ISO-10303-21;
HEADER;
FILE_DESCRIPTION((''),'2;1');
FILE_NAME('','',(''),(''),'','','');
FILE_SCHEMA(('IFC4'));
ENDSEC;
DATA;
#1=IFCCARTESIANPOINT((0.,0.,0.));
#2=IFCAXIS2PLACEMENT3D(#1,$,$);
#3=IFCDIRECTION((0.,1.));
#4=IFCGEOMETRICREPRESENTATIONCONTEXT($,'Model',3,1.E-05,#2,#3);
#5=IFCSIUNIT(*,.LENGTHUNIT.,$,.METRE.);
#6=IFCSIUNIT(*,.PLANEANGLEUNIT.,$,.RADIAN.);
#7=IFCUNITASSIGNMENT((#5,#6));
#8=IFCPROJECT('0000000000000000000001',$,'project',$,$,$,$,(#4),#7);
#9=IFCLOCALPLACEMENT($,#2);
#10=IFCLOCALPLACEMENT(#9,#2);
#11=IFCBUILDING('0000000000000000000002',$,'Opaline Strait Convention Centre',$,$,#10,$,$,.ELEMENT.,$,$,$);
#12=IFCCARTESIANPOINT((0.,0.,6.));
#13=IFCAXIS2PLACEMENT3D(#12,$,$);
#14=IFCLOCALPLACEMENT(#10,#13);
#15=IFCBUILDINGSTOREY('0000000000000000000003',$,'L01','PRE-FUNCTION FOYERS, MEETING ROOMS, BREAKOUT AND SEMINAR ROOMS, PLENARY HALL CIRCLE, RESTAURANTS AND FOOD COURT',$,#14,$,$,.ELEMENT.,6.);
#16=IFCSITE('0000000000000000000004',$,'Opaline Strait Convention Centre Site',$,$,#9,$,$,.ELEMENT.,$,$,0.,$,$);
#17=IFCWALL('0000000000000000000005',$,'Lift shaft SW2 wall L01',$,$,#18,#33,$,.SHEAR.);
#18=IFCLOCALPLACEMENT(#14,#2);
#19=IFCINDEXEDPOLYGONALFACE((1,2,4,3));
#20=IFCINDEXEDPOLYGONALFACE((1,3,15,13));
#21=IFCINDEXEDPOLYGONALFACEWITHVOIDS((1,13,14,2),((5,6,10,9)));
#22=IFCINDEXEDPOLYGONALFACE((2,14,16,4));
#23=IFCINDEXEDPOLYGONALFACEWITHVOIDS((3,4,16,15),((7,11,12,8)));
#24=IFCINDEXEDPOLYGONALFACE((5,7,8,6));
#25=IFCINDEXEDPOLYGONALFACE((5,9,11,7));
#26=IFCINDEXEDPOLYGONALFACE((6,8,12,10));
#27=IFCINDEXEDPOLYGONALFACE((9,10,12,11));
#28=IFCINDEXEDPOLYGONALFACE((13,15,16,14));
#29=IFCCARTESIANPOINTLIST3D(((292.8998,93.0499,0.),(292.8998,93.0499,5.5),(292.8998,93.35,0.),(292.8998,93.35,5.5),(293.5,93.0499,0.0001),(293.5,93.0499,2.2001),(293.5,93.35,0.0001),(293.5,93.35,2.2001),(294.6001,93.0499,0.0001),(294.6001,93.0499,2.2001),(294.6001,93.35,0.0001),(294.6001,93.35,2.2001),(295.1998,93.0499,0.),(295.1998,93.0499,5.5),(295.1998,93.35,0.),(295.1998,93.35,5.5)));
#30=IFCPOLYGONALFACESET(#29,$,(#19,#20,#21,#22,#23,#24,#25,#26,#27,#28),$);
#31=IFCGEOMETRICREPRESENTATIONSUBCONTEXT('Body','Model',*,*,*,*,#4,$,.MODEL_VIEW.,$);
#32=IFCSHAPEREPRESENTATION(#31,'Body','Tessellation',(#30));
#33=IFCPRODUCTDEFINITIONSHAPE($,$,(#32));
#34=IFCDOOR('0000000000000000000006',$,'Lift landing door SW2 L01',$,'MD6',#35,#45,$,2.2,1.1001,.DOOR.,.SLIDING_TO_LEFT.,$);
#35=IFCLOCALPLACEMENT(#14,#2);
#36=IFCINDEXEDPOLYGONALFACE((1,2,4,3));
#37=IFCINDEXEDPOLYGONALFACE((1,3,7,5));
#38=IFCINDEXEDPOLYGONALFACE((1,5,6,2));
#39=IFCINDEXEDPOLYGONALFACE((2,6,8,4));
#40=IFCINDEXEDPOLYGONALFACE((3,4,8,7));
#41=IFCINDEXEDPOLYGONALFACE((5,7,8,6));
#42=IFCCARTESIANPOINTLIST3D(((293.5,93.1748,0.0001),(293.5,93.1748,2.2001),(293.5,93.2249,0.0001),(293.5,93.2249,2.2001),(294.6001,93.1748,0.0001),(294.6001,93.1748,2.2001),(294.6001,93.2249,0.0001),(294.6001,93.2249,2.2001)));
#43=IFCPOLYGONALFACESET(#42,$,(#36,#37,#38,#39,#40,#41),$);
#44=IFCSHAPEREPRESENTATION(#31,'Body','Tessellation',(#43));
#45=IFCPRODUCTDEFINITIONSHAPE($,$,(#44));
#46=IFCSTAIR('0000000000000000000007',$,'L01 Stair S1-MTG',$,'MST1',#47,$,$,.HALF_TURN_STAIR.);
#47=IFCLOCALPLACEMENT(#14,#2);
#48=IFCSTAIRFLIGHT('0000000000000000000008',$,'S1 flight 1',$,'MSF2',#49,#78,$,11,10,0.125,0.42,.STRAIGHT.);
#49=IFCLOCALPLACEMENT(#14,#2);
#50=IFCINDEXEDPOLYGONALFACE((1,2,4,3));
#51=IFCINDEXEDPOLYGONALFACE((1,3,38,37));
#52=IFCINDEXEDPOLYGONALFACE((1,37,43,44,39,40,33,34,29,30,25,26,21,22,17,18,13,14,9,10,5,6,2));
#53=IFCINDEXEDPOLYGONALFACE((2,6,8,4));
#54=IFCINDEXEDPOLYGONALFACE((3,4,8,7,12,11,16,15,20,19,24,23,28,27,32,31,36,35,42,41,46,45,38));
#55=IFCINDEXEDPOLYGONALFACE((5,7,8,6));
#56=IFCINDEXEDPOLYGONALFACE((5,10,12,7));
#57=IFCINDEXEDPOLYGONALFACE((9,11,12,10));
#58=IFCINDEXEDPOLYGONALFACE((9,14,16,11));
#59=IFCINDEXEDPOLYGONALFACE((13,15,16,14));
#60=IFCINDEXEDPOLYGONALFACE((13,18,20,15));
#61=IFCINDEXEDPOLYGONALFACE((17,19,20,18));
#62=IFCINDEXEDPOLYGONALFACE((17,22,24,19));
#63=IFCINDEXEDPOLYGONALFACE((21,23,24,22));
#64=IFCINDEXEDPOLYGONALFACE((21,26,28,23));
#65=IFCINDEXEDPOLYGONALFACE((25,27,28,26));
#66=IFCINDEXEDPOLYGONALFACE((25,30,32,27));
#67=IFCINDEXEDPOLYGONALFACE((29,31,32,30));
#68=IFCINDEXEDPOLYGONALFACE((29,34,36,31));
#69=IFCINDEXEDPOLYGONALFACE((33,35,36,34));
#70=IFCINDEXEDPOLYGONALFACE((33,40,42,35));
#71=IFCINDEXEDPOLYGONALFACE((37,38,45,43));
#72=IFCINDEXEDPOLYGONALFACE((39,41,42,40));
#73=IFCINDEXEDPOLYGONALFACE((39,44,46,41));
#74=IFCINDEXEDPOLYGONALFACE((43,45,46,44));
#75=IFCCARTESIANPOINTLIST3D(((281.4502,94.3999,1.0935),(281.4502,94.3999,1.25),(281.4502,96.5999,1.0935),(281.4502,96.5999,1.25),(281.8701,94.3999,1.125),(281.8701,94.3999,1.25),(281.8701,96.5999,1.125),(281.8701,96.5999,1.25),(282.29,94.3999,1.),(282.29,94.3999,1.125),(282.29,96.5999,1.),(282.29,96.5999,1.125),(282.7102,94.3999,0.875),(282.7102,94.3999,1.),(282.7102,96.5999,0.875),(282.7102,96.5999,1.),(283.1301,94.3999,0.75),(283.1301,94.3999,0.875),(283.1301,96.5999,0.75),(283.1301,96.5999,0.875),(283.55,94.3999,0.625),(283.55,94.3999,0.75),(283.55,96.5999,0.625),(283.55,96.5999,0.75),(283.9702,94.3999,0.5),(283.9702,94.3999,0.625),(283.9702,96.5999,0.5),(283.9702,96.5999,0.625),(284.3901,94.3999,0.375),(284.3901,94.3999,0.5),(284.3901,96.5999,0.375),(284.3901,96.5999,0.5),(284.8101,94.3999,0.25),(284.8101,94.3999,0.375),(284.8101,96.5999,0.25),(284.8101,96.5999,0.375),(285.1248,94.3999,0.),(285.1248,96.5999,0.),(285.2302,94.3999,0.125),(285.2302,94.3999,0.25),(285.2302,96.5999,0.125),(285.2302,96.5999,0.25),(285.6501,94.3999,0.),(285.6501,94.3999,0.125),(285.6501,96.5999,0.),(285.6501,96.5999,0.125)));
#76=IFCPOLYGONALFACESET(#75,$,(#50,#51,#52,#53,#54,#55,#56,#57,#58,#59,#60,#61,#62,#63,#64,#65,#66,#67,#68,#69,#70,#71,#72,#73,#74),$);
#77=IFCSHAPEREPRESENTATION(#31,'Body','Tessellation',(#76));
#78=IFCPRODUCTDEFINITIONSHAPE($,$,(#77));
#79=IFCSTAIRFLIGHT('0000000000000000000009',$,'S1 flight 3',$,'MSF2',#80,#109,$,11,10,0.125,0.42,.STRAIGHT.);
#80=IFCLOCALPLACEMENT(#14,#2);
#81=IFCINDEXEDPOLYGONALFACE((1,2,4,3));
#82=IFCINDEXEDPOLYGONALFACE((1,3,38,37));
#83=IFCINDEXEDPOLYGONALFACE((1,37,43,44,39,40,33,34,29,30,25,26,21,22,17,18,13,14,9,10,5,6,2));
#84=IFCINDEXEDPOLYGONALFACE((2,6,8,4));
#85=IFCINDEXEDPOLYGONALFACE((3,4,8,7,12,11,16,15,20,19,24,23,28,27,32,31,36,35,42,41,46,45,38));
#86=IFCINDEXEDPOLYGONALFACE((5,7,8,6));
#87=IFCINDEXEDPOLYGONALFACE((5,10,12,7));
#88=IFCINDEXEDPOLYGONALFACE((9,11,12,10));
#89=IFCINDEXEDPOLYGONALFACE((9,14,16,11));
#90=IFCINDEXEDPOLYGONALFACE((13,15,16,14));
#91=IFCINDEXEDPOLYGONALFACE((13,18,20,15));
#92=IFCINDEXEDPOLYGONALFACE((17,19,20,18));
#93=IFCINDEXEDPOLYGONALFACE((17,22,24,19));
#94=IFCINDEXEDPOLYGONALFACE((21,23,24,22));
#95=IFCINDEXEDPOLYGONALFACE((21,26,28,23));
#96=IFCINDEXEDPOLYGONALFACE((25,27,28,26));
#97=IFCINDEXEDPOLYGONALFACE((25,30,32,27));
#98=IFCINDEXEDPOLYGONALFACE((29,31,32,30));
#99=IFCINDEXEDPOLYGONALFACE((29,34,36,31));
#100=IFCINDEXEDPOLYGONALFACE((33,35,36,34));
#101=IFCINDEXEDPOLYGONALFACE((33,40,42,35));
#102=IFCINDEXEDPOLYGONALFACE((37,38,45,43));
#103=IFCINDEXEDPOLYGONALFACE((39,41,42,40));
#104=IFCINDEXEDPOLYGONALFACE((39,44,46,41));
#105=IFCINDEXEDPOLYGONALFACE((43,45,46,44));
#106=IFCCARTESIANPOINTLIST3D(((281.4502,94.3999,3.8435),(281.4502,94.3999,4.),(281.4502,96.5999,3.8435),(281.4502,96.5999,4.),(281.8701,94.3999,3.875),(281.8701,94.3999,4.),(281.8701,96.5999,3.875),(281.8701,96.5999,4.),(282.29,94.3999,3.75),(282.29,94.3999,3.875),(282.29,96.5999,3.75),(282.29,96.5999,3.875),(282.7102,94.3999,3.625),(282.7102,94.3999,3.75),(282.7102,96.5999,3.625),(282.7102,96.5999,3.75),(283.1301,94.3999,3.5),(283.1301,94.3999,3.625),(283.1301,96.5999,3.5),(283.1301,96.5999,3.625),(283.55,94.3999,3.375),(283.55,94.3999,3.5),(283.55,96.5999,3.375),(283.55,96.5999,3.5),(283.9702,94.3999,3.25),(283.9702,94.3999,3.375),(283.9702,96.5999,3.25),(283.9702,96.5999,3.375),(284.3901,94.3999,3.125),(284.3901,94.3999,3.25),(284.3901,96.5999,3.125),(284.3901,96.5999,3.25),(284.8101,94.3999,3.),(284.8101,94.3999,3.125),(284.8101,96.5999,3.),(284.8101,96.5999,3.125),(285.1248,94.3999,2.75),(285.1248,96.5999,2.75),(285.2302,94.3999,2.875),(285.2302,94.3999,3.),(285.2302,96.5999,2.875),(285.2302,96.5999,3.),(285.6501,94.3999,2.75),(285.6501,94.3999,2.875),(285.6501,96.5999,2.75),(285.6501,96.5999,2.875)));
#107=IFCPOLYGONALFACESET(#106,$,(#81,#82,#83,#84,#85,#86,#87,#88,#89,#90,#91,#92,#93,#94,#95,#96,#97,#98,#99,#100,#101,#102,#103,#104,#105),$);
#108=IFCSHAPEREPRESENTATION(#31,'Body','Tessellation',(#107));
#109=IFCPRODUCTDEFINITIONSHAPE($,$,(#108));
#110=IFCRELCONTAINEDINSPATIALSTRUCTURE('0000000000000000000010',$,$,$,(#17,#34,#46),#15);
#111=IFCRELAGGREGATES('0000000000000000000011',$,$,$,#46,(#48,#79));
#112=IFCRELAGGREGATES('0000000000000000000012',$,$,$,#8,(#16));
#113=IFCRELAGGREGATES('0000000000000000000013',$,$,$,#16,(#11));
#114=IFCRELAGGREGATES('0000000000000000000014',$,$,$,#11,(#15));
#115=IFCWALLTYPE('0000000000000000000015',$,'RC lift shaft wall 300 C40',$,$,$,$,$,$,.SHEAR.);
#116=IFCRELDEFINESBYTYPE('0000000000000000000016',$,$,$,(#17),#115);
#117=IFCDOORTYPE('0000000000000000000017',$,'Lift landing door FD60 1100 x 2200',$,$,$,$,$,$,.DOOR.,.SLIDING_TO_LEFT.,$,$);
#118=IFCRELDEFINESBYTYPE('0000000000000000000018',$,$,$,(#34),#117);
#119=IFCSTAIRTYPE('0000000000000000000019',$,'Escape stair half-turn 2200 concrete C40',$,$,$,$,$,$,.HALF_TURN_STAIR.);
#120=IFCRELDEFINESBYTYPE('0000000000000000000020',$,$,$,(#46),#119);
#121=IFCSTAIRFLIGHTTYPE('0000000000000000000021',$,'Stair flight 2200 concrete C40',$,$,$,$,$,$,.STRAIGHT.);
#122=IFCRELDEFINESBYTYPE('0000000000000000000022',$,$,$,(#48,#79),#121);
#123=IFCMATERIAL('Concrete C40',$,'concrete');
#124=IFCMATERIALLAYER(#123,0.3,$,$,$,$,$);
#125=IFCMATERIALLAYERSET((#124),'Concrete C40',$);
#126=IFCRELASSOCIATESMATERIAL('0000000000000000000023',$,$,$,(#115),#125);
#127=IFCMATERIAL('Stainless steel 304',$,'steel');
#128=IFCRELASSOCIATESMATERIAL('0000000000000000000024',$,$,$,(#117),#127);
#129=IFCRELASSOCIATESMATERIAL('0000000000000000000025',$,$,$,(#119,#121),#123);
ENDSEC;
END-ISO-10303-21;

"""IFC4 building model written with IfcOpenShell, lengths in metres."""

from ifc_helpers import new_model, si_unit, direction, frame, frame_2d, origin, place, context, subcontext, project, spatial, polyline, rectangle, outline, extrude, material, layer, layer_set, type_object, element, fill, aggregate, save


model = new_model("IFC4")

# Units and contexts
model_context = context("Model", 3, precision=1e-05, world=origin(), true_north=direction((0.0, 1.0)))
body_context = subcontext(model_context, "Body", "Model", "MODEL_VIEW")
ifc_project = project(units=[si_unit("LENGTHUNIT", "METRE"), si_unit("PLANEANGLEUNIT", "RADIAN")], contexts=[model_context])

# Site, building, storey
site_placement = place(None, origin())
site = spatial("IfcSite", under=ifc_project, at=site_placement, Name="Opaline Strait Convention Centre Site", CompositionType="ELEMENT", RefElevation=0.0)
building_placement = place(site_placement, origin())
building = spatial("IfcBuilding", under=site, at=building_placement, Name="Opaline Strait Convention Centre", CompositionType="ELEMENT")
storey_placement = place(building_placement, frame((0.0, 0.0, 6.0)))
storey = spatial("IfcBuildingStorey", under=building, at=storey_placement, Name="L01", Description="PRE-FUNCTION FOYERS, MEETING ROOMS, BREAKOUT AND SEMINAR ROOMS, PLENARY HALL CIRCLE, RESTAURANTS AND FOOD COURT", CompositionType="ELEMENT", Elevation=6.0)

# Shared definitions
ifc_material_1 = material(Name="Concrete C40", Category="concrete")

# Shared definitions
ifc_layer_1 = layer(ifc_material_1, 0.3)
ifc_layer_set_1 = layer_set([ifc_layer_1], Name="Concrete C40")
wall_type_1 = type_object("IfcWallType", Name="RC lift shaft wall 300 C40", PredefinedType="SHEAR", material=ifc_layer_set_1)

# Shared definitions
ifc_material_2 = material(Name="Stainless steel 304", Category="steel")
door_type_1 = type_object("IfcDoorType", Name="Lift landing door FD60 1100 x 2200", OperationType="SLIDING_TO_LEFT", PredefinedType="DOOR", material=ifc_material_2)

# Wall, opening, door
wall_1_placement = place(storey_placement, frame((292.8999, 93.2, 0.0), z_axis=(0.0, 0.0, 1.0), x_axis=(1.0, 0.0, 0.0)))
wall_1 = element("IfcWall", 1, at=wall_1_placement, inside=storey, type_object=wall_type_1, Name="Lift shaft SW2 wall L01", PredefinedType="SHEAR", context=body_context, shape_type="SweptSolid", body=[
    extrude(rectangle(XDim=2.3, YDim=0.3, at=frame_2d((1.1499, 0.0))), origin(), (0.0, 0.0, 1.0), 5.5),
])
opening_1_placement = place(wall_1_placement, frame((0.6001, 0.0, 0.0)))
opening_1 = element("IfcOpeningElement", 2, at=opening_1_placement, cuts=wall_1, PredefinedType="OPENING", context=body_context, shape_type="SweptSolid", body=[
    extrude(rectangle(XDim=1.1001, YDim=2.2, at=frame_2d((0.55, 1.1001))), frame((0.0, 0.1599, 0.0), z_axis=(0.0, -1.0, 0.0), x_axis=(1.0, 0.0, 0.0)), (0.0, 0.0, 1.0), 0.3201),
])
door_1_placement = place(opening_1_placement, origin())
door_1 = element("IfcDoor", 3, at=door_1_placement, inside=storey, type_object=door_type_1, Name="Lift landing door SW2 L01", ObjectType="MD6", OperationType="SLIDING_TO_LEFT", OverallHeight=2.2, OverallWidth=1.1001, PredefinedType="DOOR", context=body_context, shape_type="SweptSolid", body=[
    extrude(rectangle(XDim=1.1001, YDim=2.2, at=frame_2d((0.55, 1.1001))), frame((0.0, 0.0249, 0.0), z_axis=(0.0, -1.0, 0.0), x_axis=(1.0, 0.0, 0.0)), (0.0, 0.0, 1.0), 0.05),
])
fill(opening_1, door_1)

# Stair, stair flights
stair_type = type_object("IfcStairType", Name="Escape stair half-turn 2200 concrete C40", PredefinedType="HALF_TURN_STAIR", material=ifc_material_1)
stair_placement = place(storey_placement, origin())
stair = element("IfcStair", 4, at=stair_placement, inside=storey, type_object=stair_type, Name="L01 Stair S1-MTG", ObjectType="MST1", PredefinedType="HALF_TURN_STAIR")
stair_flight_type = type_object("IfcStairFlightType", Name="Stair flight 2200 concrete C40", PredefinedType="STRAIGHT", material=ifc_material_1)
stair_flight_1_placement = place(storey_placement, frame((285.6501, 95.5, 0.0), z_axis=(0.0, 0.0, 1.0), x_axis=(-1.0, 0.0, 0.0)))
stair_flight_1 = element("IfcStairFlight", 5, at=stair_flight_1_placement, type_object=stair_flight_type, Name="S1 flight 1", ObjectType="MSF2", NumberOfRisers=11, NumberOfTreads=10, PredefinedType="STRAIGHT", RiserHeight=0.125, TreadLength=0.42, context=body_context, shape_type="SweptSolid", body=[
    extrude(outline(polyline([(0.0, 0.0), (0.0, 0.125), (0.4199, 0.125), (0.4199, 0.25), (0.8401, 0.25), (0.8401, 0.375), (1.26, 0.375), (1.26, 0.5), (1.6799, 0.5), (1.6799, 0.625), (2.1001, 0.625), (2.1001, 0.75), (2.52, 0.75), (2.52, 0.875), (2.9399, 0.875), (2.9399, 1.0), (3.3601, 1.0), (3.3601, 1.125), (3.78, 1.125), (3.78, 1.25), (4.2, 1.25), (4.2, 1.375), (4.2, 1.0935), (0.5254, 0.0), (0.0, 0.0)])), frame((0.0, 1.1001, 0.0), z_axis=(0.0, -1.0, 0.0), x_axis=(1.0, 0.0, 0.0)), (0.0, 0.0, 1.0), 2.2),
])
stair_flight_2_placement = place(storey_placement, frame((285.6501, 95.5, 2.75), z_axis=(0.0, 0.0, 1.0), x_axis=(-1.0, 0.0, 0.0)))
stair_flight_2 = element("IfcStairFlight", 6, at=stair_flight_2_placement, type_object=stair_flight_type, Name="S1 flight 3", ObjectType="MSF2", NumberOfRisers=11, NumberOfTreads=10, PredefinedType="STRAIGHT", RiserHeight=0.125, TreadLength=0.42, context=body_context, shape_type="SweptSolid", body=[
    extrude(outline(polyline([(0.0, 0.0), (0.0, 0.125), (0.4199, 0.125), (0.4199, 0.25), (0.8401, 0.25), (0.8401, 0.375), (1.26, 0.375), (1.26, 0.5), (1.6799, 0.5), (1.6799, 0.625), (2.1001, 0.625), (2.1001, 0.75), (2.52, 0.75), (2.52, 0.875), (2.9399, 0.875), (2.9399, 1.0), (3.3601, 1.0), (3.3601, 1.125), (3.78, 1.125), (3.78, 1.25), (4.2, 1.25), (4.2, 1.375), (4.2, 1.0935), (0.5254, 0.0), (0.0, 0.0)])), frame((0.0, 1.1001, 0.0), z_axis=(0.0, -1.0, 0.0), x_axis=(1.0, 0.0, 0.0)), (0.0, 0.0, 1.0), 2.2),
])
aggregate(stair, [stair_flight_1, stair_flight_2])

save(model, "model.ifc")
